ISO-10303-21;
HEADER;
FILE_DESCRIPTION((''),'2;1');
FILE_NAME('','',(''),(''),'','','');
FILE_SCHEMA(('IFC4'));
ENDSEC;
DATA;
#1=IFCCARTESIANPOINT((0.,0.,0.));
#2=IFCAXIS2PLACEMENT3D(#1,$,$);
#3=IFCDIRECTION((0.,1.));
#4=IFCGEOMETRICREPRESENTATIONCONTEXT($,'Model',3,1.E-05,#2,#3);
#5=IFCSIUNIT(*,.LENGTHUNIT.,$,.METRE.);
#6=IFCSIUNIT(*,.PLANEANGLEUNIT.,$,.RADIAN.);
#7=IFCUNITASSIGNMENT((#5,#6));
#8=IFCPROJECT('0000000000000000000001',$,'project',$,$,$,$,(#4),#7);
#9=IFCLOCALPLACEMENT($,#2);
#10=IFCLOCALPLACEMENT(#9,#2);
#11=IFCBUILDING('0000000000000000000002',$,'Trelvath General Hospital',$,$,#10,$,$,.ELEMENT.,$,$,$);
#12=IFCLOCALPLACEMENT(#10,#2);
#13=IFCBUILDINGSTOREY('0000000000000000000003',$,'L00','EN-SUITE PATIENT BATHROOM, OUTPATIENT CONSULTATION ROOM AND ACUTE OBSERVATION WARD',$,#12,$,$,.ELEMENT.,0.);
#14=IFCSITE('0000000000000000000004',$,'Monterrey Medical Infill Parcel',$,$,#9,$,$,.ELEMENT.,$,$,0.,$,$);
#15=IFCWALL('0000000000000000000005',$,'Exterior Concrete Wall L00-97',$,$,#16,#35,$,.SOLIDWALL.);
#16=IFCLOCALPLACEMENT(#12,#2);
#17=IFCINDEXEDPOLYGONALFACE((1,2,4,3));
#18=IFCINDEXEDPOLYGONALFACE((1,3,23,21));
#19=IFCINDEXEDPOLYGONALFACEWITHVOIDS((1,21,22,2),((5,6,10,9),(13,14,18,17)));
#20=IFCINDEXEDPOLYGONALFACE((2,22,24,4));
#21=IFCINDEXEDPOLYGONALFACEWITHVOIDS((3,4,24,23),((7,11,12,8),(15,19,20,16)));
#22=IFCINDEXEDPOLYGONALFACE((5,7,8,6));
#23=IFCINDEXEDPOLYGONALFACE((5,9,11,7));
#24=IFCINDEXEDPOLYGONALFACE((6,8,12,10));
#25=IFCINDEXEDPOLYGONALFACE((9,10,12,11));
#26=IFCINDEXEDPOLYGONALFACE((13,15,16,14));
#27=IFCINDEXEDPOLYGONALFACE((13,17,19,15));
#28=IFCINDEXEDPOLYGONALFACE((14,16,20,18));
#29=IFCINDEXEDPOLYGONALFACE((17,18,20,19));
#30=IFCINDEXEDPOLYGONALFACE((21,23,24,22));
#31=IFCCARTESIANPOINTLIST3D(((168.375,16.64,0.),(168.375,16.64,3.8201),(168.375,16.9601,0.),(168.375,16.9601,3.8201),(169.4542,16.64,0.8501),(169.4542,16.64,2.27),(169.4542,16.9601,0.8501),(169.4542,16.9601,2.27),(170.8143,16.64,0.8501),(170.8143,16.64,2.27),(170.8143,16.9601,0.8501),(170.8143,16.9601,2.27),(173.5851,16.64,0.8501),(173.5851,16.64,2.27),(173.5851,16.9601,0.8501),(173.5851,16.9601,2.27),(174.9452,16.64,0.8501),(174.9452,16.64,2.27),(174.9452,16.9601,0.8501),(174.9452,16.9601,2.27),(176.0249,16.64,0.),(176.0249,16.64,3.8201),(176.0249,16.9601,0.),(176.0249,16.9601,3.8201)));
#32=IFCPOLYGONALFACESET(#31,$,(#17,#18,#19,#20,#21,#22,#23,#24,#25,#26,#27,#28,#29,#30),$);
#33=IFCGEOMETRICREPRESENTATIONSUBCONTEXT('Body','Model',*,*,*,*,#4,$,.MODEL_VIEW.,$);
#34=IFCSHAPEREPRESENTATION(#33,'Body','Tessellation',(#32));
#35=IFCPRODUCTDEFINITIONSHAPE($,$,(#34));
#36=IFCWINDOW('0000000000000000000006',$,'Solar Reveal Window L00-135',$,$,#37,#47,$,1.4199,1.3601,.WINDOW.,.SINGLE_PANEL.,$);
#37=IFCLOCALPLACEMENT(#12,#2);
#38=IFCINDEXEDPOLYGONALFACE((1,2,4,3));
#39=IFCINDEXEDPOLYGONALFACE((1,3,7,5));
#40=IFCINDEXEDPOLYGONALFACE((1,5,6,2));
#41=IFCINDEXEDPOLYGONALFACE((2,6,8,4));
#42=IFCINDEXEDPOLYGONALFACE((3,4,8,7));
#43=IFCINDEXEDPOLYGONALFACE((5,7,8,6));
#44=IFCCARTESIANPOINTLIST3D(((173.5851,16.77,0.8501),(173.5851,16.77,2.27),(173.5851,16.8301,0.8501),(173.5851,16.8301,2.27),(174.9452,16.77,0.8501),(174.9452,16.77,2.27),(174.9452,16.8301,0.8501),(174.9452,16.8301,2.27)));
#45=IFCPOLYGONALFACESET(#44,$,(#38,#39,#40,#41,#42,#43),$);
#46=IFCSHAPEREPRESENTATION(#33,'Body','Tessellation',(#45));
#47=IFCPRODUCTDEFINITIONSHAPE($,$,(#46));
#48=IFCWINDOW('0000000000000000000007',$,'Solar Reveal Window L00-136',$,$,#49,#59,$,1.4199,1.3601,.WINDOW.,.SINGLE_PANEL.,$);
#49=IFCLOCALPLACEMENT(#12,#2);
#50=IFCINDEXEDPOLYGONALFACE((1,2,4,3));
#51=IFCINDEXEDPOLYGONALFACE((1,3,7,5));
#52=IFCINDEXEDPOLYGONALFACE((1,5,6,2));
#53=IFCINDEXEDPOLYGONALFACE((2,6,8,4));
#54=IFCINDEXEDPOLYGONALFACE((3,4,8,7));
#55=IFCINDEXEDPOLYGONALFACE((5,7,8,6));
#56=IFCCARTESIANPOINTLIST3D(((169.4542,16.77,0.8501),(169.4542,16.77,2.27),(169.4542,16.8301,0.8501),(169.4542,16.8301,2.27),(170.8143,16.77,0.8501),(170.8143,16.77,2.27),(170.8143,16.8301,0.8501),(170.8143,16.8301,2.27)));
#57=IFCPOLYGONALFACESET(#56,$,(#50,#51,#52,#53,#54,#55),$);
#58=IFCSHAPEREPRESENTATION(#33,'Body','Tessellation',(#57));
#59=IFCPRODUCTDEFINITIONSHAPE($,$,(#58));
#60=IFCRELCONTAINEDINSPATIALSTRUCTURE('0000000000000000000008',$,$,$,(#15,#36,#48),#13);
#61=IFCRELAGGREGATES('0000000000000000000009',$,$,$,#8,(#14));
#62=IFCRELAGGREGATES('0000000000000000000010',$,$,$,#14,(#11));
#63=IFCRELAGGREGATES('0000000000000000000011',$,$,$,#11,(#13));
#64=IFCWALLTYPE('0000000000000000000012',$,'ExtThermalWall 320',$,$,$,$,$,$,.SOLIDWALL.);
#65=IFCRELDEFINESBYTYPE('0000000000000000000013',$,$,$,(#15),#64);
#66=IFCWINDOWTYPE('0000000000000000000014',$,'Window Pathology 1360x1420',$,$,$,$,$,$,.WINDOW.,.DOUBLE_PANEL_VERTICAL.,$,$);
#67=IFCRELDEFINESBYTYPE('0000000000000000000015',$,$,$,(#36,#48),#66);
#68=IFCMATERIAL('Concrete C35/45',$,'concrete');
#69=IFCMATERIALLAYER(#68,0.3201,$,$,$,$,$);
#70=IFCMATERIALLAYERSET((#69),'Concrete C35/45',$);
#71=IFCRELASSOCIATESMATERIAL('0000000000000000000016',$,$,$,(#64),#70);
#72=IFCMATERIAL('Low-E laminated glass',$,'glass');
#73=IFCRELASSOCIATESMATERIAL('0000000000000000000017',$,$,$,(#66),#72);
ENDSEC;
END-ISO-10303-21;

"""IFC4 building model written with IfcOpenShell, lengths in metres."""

from ifc_helpers import new_model, si_unit, direction, frame, frame_2d, origin, place, context, subcontext, project, spatial, rectangle, extrude, material, layer, layer_set, type_object, element, fill, save


model = new_model("IFC4")

# Units and contexts
model_context = context("Model", 3, precision=1e-05, world=origin(), true_north=direction((0.0, 1.0)))
body_context = subcontext(model_context, "Body", "Model", "MODEL_VIEW")
ifc_project = project(units=[si_unit("LENGTHUNIT", "METRE"), si_unit("PLANEANGLEUNIT", "RADIAN")], contexts=[model_context])

# Site, building, storey
site_placement = place(None, origin())
site = spatial("IfcSite", under=ifc_project, at=site_placement, Name="Monterrey Medical Infill Parcel", CompositionType="ELEMENT", RefElevation=0.0)
building_placement = place(site_placement, origin())
building = spatial("IfcBuilding", under=site, at=building_placement, Name="Trelvath General Hospital", CompositionType="ELEMENT")
storey_placement = place(building_placement, origin())
storey = spatial("IfcBuildingStorey", under=building, at=storey_placement, Name="L00", Description="EN-SUITE PATIENT BATHROOM, OUTPATIENT CONSULTATION ROOM AND ACUTE OBSERVATION WARD", CompositionType="ELEMENT", Elevation=0.0)

# Shared definitions
ifc_material_1 = material(Name="Concrete C35/45", Category="concrete")
ifc_layer_1 = layer(ifc_material_1, 0.3201)
ifc_layer_set_1 = layer_set([ifc_layer_1], Name="Concrete C35/45")
wall_type_1 = type_object("IfcWallType", Name="ExtThermalWall 320", PredefinedType="SOLIDWALL", material=ifc_layer_set_1)

# Wall, openings, windows
wall_1_placement = place(storey_placement, frame((176.0249, 16.8, 0.0), z_axis=(0.0, 0.0, 1.0), x_axis=(-1.0, 0.0, 0.0)))
wall_1 = element("IfcWall", 1, at=wall_1_placement, inside=storey, type_object=wall_type_1, Name="Exterior Concrete Wall L00-97", PredefinedType="SOLIDWALL", context=body_context, shape_type="SweptSolid", body=[
    extrude(rectangle(XDim=7.6499, YDim=0.3201, at=frame_2d((3.825, 0.0))), origin(), (0.0, 0.0, 1.0), 3.8201),
])
opening_1_placement = place(wall_1_placement, frame((1.0796, 0.0, 0.8501)))
opening_1 = element("IfcOpeningElement", 2, at=opening_1_placement, cuts=wall_1, PredefinedType="OPENING", context=body_context, shape_type="SweptSolid", body=[
    extrude(rectangle(XDim=1.3601, YDim=1.4199, at=frame_2d((0.6802, 0.71))), frame((0.0, 0.1699, 0.0), z_axis=(0.0, -1.0, 0.0), x_axis=(1.0, 0.0, 0.0)), (0.0, 0.0, 1.0), 0.3401),
])
opening_2_placement = place(wall_1_placement, frame((5.2104, 0.0, 0.8501)))
opening_2 = element("IfcOpeningElement", 3, at=opening_2_placement, cuts=wall_1, PredefinedType="OPENING", context=body_context, shape_type="SweptSolid", body=[
    extrude(rectangle(XDim=1.3601, YDim=1.4199, at=frame_2d((0.6802, 0.71))), frame((0.0, 0.1699, 0.0), z_axis=(0.0, -1.0, 0.0), x_axis=(1.0, 0.0, 0.0)), (0.0, 0.0, 1.0), 0.3401),
])
ifc_material_2 = material(Name="Low-E laminated glass", Category="glass")
window_type = type_object("IfcWindowType", Name="Window Pathology 1360x1420", PartitioningType="DOUBLE_PANEL_VERTICAL", PredefinedType="WINDOW", material=ifc_material_2)
window_1_placement = place(opening_1_placement, origin())
window_1 = element("IfcWindow", 4, at=window_1_placement, inside=storey, type_object=window_type, Name="Solar Reveal Window L00-135", OverallHeight=1.4199, OverallWidth=1.3601, PartitioningType="SINGLE_PANEL", PredefinedType="WINDOW", context=body_context, shape_type="SweptSolid", body=[
    extrude(rectangle(XDim=1.3601, YDim=1.4199, at=frame_2d((0.6802, 0.71))), frame((0.0, 0.03, 0.0), z_axis=(0.0, -1.0, 0.0), x_axis=(1.0, 0.0, 0.0)), (0.0, 0.0, 1.0), 0.0601),
])
fill(opening_1, window_1)
window_2_placement = place(opening_2_placement, origin())
window_2 = element("IfcWindow", 5, at=window_2_placement, inside=storey, type_object=window_type, Name="Solar Reveal Window L00-136", OverallHeight=1.4199, OverallWidth=1.3601, PartitioningType="SINGLE_PANEL", PredefinedType="WINDOW", context=body_context, shape_type="SweptSolid", body=[
    extrude(rectangle(XDim=1.3601, YDim=1.4199, at=frame_2d((0.6802, 0.71))), frame((0.0, 0.03, 0.0), z_axis=(0.0, -1.0, 0.0), x_axis=(1.0, 0.0, 0.0)), (0.0, 0.0, 1.0), 0.0601),
])
fill(opening_2, window_2)

save(model, "model.ifc")
